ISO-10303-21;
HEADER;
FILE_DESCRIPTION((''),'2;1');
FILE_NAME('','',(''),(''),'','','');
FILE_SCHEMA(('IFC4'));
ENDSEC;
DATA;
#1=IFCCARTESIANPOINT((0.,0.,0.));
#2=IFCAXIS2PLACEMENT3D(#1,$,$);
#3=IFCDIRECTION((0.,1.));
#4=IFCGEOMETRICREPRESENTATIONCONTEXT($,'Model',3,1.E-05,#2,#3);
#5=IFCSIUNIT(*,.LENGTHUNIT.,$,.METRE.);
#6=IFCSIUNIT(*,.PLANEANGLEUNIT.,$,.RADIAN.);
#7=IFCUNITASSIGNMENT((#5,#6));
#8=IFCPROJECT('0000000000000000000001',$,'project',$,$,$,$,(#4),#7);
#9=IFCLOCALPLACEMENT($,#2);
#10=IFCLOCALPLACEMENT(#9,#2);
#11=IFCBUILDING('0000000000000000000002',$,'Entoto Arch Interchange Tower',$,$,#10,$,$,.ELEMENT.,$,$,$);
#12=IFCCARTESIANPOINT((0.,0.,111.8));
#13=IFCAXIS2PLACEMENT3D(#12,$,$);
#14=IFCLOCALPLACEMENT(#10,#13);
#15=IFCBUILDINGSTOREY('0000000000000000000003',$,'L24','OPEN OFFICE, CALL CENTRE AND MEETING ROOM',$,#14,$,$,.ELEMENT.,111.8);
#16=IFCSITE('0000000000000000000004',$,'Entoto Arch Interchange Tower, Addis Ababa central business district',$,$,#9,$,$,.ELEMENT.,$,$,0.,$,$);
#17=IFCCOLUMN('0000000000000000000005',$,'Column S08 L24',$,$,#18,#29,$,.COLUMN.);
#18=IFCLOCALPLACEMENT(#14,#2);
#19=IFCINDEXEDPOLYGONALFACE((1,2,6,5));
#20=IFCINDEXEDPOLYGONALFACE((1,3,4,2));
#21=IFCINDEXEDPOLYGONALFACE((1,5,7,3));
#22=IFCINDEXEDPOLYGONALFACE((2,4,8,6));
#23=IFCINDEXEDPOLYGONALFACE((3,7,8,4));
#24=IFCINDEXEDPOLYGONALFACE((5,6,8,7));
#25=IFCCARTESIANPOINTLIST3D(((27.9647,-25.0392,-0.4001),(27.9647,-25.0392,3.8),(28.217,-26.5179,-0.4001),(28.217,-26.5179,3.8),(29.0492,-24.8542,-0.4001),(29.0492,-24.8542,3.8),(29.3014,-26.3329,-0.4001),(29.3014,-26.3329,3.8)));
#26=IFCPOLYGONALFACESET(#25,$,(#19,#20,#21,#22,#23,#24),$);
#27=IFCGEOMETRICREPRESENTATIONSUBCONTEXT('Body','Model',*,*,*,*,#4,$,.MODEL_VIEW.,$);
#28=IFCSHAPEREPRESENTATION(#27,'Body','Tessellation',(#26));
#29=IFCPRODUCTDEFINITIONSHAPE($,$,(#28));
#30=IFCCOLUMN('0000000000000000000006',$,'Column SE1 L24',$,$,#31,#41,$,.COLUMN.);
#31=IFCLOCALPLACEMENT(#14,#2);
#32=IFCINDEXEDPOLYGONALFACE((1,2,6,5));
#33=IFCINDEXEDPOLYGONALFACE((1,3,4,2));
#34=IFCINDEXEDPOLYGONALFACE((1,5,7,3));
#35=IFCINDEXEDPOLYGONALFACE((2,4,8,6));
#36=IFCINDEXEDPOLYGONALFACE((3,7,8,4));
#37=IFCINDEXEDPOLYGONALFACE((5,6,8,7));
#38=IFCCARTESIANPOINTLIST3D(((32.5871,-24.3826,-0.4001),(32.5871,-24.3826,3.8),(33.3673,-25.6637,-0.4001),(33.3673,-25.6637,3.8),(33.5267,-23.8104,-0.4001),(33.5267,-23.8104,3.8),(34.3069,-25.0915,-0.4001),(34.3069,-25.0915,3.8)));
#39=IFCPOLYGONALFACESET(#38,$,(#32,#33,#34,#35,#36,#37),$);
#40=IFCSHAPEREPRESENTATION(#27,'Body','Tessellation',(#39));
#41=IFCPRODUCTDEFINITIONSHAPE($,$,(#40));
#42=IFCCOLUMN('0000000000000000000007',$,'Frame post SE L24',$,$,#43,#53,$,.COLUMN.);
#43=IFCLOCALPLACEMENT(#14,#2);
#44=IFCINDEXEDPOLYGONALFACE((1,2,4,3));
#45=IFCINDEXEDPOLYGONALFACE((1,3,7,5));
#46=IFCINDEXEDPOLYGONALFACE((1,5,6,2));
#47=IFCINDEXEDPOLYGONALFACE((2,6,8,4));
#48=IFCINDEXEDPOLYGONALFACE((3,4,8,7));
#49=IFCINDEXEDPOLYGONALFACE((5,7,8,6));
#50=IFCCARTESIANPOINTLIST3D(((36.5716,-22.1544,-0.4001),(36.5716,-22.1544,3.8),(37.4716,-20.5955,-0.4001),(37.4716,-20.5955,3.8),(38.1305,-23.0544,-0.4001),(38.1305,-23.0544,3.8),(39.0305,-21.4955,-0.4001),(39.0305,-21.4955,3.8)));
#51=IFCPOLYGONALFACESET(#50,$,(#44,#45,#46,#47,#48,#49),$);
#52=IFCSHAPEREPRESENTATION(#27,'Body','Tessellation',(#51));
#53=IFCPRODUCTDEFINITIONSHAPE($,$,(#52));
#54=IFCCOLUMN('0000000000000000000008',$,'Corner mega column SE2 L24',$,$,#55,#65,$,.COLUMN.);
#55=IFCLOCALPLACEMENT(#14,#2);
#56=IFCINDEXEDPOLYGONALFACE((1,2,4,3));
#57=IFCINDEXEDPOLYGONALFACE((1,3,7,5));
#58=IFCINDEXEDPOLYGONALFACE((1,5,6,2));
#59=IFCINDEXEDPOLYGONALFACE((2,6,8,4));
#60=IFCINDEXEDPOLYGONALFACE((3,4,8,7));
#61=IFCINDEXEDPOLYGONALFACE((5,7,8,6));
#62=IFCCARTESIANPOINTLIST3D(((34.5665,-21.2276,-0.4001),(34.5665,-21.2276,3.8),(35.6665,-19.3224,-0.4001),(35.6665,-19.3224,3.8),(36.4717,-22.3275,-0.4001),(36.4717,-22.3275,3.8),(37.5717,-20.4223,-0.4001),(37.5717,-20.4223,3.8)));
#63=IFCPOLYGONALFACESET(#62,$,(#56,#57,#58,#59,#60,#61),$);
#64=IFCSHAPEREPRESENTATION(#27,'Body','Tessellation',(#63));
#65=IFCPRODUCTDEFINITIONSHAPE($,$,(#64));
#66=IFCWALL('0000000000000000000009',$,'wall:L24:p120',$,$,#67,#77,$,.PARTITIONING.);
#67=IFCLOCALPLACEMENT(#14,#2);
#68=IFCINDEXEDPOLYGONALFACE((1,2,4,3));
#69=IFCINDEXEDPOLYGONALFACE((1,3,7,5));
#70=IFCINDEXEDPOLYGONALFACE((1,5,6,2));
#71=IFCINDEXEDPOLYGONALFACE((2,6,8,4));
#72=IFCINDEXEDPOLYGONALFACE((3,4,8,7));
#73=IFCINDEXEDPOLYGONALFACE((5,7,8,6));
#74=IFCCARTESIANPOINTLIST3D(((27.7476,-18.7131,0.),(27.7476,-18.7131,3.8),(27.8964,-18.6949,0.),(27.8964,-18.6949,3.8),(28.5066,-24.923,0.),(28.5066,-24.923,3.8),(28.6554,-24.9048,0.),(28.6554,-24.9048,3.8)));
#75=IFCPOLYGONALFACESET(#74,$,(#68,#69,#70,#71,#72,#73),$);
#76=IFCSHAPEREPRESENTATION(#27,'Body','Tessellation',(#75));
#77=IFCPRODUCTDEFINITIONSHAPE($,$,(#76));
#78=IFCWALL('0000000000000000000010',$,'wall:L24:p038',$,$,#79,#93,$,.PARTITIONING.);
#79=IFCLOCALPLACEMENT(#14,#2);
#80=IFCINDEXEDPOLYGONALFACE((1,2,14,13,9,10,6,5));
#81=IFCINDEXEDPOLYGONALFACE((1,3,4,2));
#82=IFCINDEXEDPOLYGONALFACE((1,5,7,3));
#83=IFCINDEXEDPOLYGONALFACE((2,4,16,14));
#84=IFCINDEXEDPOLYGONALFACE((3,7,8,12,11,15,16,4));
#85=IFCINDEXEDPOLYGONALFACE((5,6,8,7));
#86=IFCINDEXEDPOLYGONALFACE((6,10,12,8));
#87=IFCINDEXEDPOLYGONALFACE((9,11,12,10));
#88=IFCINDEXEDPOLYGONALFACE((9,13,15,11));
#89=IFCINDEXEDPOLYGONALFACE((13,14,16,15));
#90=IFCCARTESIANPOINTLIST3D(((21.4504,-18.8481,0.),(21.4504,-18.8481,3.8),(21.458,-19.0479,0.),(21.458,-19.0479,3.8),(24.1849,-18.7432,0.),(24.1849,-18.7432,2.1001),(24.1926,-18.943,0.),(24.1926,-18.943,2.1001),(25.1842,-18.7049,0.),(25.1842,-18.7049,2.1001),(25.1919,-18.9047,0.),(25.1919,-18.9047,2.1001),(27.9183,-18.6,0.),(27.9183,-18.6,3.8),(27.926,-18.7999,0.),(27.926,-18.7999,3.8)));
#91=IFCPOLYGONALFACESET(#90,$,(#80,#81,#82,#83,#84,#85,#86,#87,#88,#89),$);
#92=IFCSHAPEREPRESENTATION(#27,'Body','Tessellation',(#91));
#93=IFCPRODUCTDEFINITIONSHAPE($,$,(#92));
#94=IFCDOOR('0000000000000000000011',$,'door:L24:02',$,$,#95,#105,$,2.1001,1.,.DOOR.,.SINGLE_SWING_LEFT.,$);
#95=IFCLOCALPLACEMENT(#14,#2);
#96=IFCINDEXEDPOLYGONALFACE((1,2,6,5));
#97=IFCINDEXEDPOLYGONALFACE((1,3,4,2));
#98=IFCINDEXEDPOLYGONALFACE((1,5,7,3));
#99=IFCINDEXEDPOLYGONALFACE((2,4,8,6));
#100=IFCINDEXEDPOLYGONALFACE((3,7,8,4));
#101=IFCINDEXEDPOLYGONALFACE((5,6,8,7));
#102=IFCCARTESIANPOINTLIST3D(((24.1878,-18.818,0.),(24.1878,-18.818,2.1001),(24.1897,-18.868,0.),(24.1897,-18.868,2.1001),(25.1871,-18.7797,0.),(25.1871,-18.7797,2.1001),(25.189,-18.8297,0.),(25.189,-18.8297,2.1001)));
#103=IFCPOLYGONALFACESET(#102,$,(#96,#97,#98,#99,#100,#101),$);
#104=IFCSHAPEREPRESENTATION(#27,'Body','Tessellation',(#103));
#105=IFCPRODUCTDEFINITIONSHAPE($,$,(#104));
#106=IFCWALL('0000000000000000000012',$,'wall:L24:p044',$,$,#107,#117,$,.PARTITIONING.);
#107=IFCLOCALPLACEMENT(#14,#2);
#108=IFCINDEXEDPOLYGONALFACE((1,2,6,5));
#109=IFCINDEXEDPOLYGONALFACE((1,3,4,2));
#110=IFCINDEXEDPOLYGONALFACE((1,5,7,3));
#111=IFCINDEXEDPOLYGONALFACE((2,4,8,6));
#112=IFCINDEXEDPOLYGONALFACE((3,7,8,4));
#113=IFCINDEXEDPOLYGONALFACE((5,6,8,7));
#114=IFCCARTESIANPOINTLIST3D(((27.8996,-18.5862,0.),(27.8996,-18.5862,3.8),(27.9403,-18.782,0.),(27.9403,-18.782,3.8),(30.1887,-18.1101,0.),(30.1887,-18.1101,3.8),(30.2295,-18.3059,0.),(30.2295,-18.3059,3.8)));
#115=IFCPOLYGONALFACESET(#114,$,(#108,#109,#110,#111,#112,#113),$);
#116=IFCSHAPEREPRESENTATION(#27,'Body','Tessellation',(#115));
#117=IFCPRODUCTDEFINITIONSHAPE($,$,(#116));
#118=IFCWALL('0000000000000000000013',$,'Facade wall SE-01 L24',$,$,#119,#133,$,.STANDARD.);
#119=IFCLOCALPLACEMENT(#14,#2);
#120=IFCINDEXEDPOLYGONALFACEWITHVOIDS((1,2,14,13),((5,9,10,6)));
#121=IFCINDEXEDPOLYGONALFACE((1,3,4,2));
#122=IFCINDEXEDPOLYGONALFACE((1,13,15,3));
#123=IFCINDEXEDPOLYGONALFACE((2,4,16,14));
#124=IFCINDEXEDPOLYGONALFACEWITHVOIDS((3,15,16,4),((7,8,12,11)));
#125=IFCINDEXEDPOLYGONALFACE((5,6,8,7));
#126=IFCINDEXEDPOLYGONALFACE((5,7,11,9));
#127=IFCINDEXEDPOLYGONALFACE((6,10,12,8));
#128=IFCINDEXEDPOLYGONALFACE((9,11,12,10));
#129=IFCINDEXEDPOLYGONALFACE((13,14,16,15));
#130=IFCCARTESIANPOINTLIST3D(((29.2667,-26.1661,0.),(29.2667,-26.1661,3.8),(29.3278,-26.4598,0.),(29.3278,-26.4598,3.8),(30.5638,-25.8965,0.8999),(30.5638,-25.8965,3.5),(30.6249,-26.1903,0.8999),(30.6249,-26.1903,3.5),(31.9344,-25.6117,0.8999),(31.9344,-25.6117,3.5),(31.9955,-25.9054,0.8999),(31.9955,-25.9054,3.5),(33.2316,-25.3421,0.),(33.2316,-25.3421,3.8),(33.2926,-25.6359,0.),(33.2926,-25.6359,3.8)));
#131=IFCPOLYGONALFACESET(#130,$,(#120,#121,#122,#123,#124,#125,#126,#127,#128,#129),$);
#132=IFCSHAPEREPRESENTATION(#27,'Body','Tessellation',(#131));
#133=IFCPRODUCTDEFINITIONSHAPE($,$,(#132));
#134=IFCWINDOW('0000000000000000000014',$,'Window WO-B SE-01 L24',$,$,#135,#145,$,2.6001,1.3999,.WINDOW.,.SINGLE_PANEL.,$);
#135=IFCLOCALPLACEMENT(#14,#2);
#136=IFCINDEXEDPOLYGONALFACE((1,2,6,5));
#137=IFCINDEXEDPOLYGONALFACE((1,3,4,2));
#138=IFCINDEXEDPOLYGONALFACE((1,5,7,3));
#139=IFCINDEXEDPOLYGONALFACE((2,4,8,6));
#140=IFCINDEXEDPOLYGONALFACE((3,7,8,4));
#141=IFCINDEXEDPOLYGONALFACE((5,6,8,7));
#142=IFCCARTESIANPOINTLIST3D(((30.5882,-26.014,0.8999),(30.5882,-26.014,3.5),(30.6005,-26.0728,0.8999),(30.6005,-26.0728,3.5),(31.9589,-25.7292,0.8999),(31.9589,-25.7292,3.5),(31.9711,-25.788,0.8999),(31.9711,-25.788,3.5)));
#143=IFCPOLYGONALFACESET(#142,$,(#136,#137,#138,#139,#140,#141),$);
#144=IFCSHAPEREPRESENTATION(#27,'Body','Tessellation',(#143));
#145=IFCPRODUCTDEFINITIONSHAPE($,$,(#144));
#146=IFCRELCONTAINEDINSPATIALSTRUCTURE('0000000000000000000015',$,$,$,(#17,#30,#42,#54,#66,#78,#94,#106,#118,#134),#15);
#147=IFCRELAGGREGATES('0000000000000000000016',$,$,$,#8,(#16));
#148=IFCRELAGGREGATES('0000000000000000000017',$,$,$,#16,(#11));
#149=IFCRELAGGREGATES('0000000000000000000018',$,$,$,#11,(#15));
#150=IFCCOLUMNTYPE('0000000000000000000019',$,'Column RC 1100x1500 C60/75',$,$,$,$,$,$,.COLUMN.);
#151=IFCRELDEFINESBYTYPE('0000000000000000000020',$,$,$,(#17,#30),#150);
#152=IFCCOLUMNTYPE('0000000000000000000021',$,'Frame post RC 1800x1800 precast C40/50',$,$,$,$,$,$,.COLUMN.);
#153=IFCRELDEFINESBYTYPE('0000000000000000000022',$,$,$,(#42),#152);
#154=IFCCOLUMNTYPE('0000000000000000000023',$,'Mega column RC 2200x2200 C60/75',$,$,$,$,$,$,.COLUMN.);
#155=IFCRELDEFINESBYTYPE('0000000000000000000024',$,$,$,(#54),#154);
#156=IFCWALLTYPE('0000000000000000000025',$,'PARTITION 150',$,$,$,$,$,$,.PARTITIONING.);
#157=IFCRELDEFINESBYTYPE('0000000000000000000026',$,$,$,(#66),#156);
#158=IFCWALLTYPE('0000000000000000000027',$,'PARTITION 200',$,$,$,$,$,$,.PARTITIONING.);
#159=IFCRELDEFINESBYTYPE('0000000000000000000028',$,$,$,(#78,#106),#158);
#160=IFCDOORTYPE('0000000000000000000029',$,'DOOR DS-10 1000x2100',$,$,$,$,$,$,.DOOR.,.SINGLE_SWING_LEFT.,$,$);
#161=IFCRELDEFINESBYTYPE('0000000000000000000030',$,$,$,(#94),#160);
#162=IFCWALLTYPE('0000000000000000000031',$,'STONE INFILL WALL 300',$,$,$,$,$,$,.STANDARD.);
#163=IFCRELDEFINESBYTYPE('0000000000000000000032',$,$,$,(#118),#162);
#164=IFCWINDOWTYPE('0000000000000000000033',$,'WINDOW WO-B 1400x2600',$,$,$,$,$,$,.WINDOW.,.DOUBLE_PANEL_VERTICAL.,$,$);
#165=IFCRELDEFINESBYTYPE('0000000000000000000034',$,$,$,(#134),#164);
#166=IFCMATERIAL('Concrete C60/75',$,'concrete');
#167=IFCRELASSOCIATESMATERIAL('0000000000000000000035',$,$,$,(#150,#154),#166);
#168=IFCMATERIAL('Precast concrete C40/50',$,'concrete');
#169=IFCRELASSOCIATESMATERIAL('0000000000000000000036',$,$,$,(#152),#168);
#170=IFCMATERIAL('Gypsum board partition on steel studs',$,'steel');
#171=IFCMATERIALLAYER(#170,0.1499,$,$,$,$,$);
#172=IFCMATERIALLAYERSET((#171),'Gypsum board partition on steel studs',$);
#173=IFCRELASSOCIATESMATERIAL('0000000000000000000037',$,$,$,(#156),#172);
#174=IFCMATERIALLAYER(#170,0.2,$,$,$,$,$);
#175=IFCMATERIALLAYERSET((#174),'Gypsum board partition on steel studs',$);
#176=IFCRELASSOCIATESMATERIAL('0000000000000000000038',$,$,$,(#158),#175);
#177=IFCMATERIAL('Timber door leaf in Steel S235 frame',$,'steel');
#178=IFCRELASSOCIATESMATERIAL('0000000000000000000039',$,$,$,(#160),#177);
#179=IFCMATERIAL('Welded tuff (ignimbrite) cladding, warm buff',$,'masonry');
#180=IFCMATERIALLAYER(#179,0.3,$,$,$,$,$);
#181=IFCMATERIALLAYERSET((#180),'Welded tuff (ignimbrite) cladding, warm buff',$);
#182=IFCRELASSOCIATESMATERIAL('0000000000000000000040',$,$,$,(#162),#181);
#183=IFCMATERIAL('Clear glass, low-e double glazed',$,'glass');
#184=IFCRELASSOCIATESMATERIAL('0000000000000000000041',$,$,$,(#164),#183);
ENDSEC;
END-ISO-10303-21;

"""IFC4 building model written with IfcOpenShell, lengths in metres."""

from ifc_helpers import new_model, si_unit, direction, frame, frame_2d, origin, origin_2d, place, context, subcontext, project, spatial, rectangle, extrude, material, layer, layer_set, material_profile, profile_set, type_object, element, fill, save


model = new_model("IFC4")

# Units and contexts
model_context = context("Model", 3, precision=1e-05, world=origin(), true_north=direction((0.0, 1.0)))
body_context = subcontext(model_context, "Body", "Model", "MODEL_VIEW")
ifc_project = project(units=[si_unit("LENGTHUNIT", "METRE"), si_unit("PLANEANGLEUNIT", "RADIAN")], contexts=[model_context])

# Site, building, storey
site_placement = place(None, origin())
site = spatial("IfcSite", under=ifc_project, at=site_placement, Name="Entoto Arch Interchange Tower, Addis Ababa central business district", CompositionType="ELEMENT", RefElevation=0.0)
building_placement = place(site_placement, origin())
building = spatial("IfcBuilding", under=site, at=building_placement, Name="Entoto Arch Interchange Tower", CompositionType="ELEMENT")
storey_placement = place(building_placement, frame((0.0, 0.0, 111.8)))
storey = spatial("IfcBuildingStorey", under=building, at=storey_placement, Name="L24", Description="OPEN OFFICE, CALL CENTRE AND MEETING ROOM", CompositionType="ELEMENT", Elevation=111.8)

# Columns
ifc_material_1 = material(Name="Concrete C60/75", Category="concrete")
ifc_material_profile_1 = material_profile(ifc_material_1, rectangle(XDim=1.1001, YDim=1.5, at=origin_2d()))
ifc_profile_set_1 = profile_set([ifc_material_profile_1], Name="Concrete C60/75")
column_type_1 = type_object("IfcColumnType", Name="Column RC 1100x1500 C60/75", PredefinedType="COLUMN", material=ifc_profile_set_1)
for number, where, z_axis, x_axis, name in (
    (1, (28.6331, -25.686, -0.4001), (0.0, 0.0, 1.0), (0.985759, 0.168162, 0.0), "Column S08 L24"),
    (2, (33.447, -24.7371, -0.4001), (0.0, 0.0, 1.0), (0.854096, 0.520116, 0.0), "Column SE1 L24"),
):
    element("IfcColumn", number, at=place(storey_placement, frame(where, z_axis=z_axis, x_axis=x_axis)), inside=storey, type_object=column_type_1, Name=name, PredefinedType="COLUMN", context=body_context, shape_type="SweptSolid", body=[
        extrude(rectangle(XDim=1.1001, YDim=1.5, at=origin_2d()), origin(), (0.0, 0.0, 1.0), 4.2002),
    ])
ifc_material_2 = material(Name="Precast concrete C40/50", Category="concrete")
ifc_material_profile_2 = material_profile(ifc_material_2, rectangle(XDim=1.8, YDim=1.8, at=origin_2d()))
ifc_profile_set_2 = profile_set([ifc_material_profile_2], Name="Precast concrete C40/50")
column_type_2 = type_object("IfcColumnType", Name="Frame post RC 1800x1800 precast C40/50", PredefinedType="COLUMN", material=ifc_profile_set_2)
column_1_placement = place(storey_placement, frame((37.801, -21.825, -0.4001), z_axis=(0.0, 0.0, 1.0), x_axis=(-0.866025, 0.5, 0.0)))
element("IfcColumn", 3, at=column_1_placement, inside=storey, type_object=column_type_2, Name="Frame post SE L24", PredefinedType="COLUMN", context=body_context, shape_type="SweptSolid", body=[
    extrude(rectangle(XDim=1.8, YDim=1.8, at=origin_2d()), origin(), (0.0, 0.0, 1.0), 4.2002),
])
ifc_material_profile_3 = material_profile(ifc_material_1, rectangle(XDim=2.2, YDim=2.2, at=origin_2d()))
ifc_profile_set_3 = profile_set([ifc_material_profile_3], Name="Concrete C60/75")
column_type_3 = type_object("IfcColumnType", Name="Mega column RC 2200x2200 C60/75", PredefinedType="COLUMN", material=ifc_profile_set_3)
column_2_placement = place(storey_placement, frame((36.0691, -20.825, -0.4001), z_axis=(0.0, 0.0, 1.0), x_axis=(-0.866025, 0.5, 0.0)))
element("IfcColumn", 4, at=column_2_placement, inside=storey, type_object=column_type_3, Name="Corner mega column SE2 L24", PredefinedType="COLUMN", context=body_context, shape_type="SweptSolid", body=[
    extrude(rectangle(XDim=2.2, YDim=2.2, at=origin_2d()), origin(), (0.0, 0.0, 1.0), 4.2002),
])

# Wall
ifc_material_3 = material(Name="Gypsum board partition on steel studs", Category="steel")
ifc_layer_1 = layer(ifc_material_3, 0.1499)
ifc_layer_set_1 = layer_set([ifc_layer_1], Name="Gypsum board partition on steel studs")
wall_type_1 = type_object("IfcWallType", Name="PARTITION 150", PredefinedType="PARTITIONING", material=ifc_layer_set_1)
wall_1_placement = place(storey_placement, frame((27.822, -18.7041, 0.0), z_axis=(0.0, 0.0, 1.0), x_axis=(0.121325, -0.992613, 0.0)))
element("IfcWall", 5, at=wall_1_placement, inside=storey, type_object=wall_type_1, Name="wall:L24:p120", PredefinedType="PARTITIONING", context=body_context, shape_type="SweptSolid", body=[
    extrude(rectangle(XDim=6.2561, YDim=0.1499, at=frame_2d((3.1279, 0.0))), origin(), (0.0, 0.0, 1.0), 3.8),
])

# Wall, opening, door
ifc_layer_2 = layer(ifc_material_3, 0.2)
ifc_layer_set_2 = layer_set([ifc_layer_2], Name="Gypsum board partition on steel studs")
wall_type_2 = type_object("IfcWallType", Name="PARTITION 200", PredefinedType="PARTITIONING", material=ifc_layer_set_2)
wall_2_placement = place(storey_placement, frame((27.9221, -18.7, 0.0), z_axis=(0.0, 0.0, 1.0), x_axis=(-0.999265, -0.038322, 0.0)))
wall_2 = element("IfcWall", 6, at=wall_2_placement, inside=storey, type_object=wall_type_2, Name="wall:L24:p038", PredefinedType="PARTITIONING", context=body_context, shape_type="SweptSolid", body=[
    extrude(rectangle(XDim=6.4727, YDim=0.2, at=frame_2d((3.2363, 0.0))), origin(), (0.0, 0.0, 1.0), 3.8),
])
opening_1_placement = place(wall_2_placement, frame((2.7361, 0.0, 0.0)))
opening_1 = element("IfcOpeningElement", 7, at=opening_1_placement, cuts=wall_2, PredefinedType="OPENING", context=body_context, shape_type="SweptSolid", body=[
    extrude(rectangle(XDim=1.0, YDim=2.1001, at=frame_2d((0.5, 1.05))), frame((0.0, 0.1099, 0.0), z_axis=(0.0, -1.0, 0.0), x_axis=(1.0, 0.0, 0.0)), (0.0, 0.0, 1.0), 0.22),
])
ifc_material_4 = material(Name="Timber door leaf in Steel S235 frame", Category="steel")
door_type = type_object("IfcDoorType", Name="DOOR DS-10 1000x2100", OperationType="SINGLE_SWING_LEFT", PredefinedType="DOOR", material=ifc_material_4)
door_placement = place(opening_1_placement, origin())
door = element("IfcDoor", 8, at=door_placement, inside=storey, type_object=door_type, Name="door:L24:02", OperationType="SINGLE_SWING_LEFT", OverallHeight=2.1001, OverallWidth=1.0, PredefinedType="DOOR", context=body_context, shape_type="SweptSolid", body=[
    extrude(rectangle(XDim=1.0, YDim=2.1001, at=frame_2d((0.5, 1.05))), frame((0.0, 0.0249, 0.0), z_axis=(0.0, -1.0, 0.0), x_axis=(1.0, 0.0, 0.0)), (0.0, 0.0, 1.0), 0.05),
])
fill(opening_1, door)

# Wall
wall_3_placement = place(storey_placement, frame((30.209, -18.208, 0.0), z_axis=(0.0, 0.0, 1.0), x_axis=(-0.97905, -0.203621, 0.0)))
element("IfcWall", 9, at=wall_3_placement, inside=storey, type_object=wall_type_2, Name="wall:L24:p044", PredefinedType="PARTITIONING", context=body_context, shape_type="SweptSolid", body=[
    extrude(rectangle(XDim=2.3381, YDim=0.2, at=frame_2d((1.1689, 0.0))), origin(), (0.0, 0.0, 1.0), 3.8),
])

# Wall, opening, window
ifc_material_5 = material(Name="Welded tuff (ignimbrite) cladding, warm buff", Category="masonry")
ifc_layer_3 = layer(ifc_material_5, 0.3)
ifc_layer_set_3 = layer_set([ifc_layer_3], Name="Welded tuff (ignimbrite) cladding, warm buff")
wall_type_3 = type_object("IfcWallType", Name="STONE INFILL WALL 300", PredefinedType="STANDARD", material=ifc_layer_set_3)
wall_4_placement = place(storey_placement, frame((29.2971, -26.313, 0.0), z_axis=(0.0, 0.0, 1.0), x_axis=(0.979081, 0.203473, 0.0)))
wall_4 = element("IfcWall", 10, at=wall_4_placement, inside=storey, type_object=wall_type_3, Name="Facade wall SE-01 L24", PredefinedType="STANDARD", context=body_context, shape_type="SweptSolid", body=[
    extrude(rectangle(XDim=4.0496, YDim=0.3, at=frame_2d((2.0249, 0.0))), origin(), (0.0, 0.0, 1.0), 3.8),
])
opening_2_placement = place(wall_4_placement, frame((1.325, 0.0, 0.8999)))
opening_2 = element("IfcOpeningElement", 11, at=opening_2_placement, cuts=wall_4, PredefinedType="OPENING", context=body_context, shape_type="SweptSolid", body=[
    extrude(rectangle(XDim=1.3999, YDim=2.6001, at=frame_2d((0.7, 1.3))), frame((0.0, 0.1602, 0.0), z_axis=(0.0, -1.0, 0.0), x_axis=(1.0, 0.0, 0.0)), (0.0, 0.0, 1.0), 0.3201),
])
ifc_material_6 = material(Name="Clear glass, low-e double glazed", Category="glass")
window_type = type_object("IfcWindowType", Name="WINDOW WO-B 1400x2600", PartitioningType="DOUBLE_PANEL_VERTICAL", PredefinedType="WINDOW", material=ifc_material_6)
window_1_placement = place(opening_2_placement, origin())
window_1 = element("IfcWindow", 12, at=window_1_placement, inside=storey, type_object=window_type, Name="Window WO-B SE-01 L24", OverallHeight=2.6001, OverallWidth=1.3999, PartitioningType="SINGLE_PANEL", PredefinedType="WINDOW", context=body_context, shape_type="SweptSolid", body=[
    extrude(rectangle(XDim=1.3999, YDim=2.6001, at=frame_2d((0.7, 1.3))), frame((0.0, 0.03, 0.0), z_axis=(0.0, -1.0, 0.0), x_axis=(1.0, 0.0, 0.0)), (0.0, 0.0, 1.0), 0.0601),
])
fill(opening_2, window_1)

save(model, "model.ifc")
